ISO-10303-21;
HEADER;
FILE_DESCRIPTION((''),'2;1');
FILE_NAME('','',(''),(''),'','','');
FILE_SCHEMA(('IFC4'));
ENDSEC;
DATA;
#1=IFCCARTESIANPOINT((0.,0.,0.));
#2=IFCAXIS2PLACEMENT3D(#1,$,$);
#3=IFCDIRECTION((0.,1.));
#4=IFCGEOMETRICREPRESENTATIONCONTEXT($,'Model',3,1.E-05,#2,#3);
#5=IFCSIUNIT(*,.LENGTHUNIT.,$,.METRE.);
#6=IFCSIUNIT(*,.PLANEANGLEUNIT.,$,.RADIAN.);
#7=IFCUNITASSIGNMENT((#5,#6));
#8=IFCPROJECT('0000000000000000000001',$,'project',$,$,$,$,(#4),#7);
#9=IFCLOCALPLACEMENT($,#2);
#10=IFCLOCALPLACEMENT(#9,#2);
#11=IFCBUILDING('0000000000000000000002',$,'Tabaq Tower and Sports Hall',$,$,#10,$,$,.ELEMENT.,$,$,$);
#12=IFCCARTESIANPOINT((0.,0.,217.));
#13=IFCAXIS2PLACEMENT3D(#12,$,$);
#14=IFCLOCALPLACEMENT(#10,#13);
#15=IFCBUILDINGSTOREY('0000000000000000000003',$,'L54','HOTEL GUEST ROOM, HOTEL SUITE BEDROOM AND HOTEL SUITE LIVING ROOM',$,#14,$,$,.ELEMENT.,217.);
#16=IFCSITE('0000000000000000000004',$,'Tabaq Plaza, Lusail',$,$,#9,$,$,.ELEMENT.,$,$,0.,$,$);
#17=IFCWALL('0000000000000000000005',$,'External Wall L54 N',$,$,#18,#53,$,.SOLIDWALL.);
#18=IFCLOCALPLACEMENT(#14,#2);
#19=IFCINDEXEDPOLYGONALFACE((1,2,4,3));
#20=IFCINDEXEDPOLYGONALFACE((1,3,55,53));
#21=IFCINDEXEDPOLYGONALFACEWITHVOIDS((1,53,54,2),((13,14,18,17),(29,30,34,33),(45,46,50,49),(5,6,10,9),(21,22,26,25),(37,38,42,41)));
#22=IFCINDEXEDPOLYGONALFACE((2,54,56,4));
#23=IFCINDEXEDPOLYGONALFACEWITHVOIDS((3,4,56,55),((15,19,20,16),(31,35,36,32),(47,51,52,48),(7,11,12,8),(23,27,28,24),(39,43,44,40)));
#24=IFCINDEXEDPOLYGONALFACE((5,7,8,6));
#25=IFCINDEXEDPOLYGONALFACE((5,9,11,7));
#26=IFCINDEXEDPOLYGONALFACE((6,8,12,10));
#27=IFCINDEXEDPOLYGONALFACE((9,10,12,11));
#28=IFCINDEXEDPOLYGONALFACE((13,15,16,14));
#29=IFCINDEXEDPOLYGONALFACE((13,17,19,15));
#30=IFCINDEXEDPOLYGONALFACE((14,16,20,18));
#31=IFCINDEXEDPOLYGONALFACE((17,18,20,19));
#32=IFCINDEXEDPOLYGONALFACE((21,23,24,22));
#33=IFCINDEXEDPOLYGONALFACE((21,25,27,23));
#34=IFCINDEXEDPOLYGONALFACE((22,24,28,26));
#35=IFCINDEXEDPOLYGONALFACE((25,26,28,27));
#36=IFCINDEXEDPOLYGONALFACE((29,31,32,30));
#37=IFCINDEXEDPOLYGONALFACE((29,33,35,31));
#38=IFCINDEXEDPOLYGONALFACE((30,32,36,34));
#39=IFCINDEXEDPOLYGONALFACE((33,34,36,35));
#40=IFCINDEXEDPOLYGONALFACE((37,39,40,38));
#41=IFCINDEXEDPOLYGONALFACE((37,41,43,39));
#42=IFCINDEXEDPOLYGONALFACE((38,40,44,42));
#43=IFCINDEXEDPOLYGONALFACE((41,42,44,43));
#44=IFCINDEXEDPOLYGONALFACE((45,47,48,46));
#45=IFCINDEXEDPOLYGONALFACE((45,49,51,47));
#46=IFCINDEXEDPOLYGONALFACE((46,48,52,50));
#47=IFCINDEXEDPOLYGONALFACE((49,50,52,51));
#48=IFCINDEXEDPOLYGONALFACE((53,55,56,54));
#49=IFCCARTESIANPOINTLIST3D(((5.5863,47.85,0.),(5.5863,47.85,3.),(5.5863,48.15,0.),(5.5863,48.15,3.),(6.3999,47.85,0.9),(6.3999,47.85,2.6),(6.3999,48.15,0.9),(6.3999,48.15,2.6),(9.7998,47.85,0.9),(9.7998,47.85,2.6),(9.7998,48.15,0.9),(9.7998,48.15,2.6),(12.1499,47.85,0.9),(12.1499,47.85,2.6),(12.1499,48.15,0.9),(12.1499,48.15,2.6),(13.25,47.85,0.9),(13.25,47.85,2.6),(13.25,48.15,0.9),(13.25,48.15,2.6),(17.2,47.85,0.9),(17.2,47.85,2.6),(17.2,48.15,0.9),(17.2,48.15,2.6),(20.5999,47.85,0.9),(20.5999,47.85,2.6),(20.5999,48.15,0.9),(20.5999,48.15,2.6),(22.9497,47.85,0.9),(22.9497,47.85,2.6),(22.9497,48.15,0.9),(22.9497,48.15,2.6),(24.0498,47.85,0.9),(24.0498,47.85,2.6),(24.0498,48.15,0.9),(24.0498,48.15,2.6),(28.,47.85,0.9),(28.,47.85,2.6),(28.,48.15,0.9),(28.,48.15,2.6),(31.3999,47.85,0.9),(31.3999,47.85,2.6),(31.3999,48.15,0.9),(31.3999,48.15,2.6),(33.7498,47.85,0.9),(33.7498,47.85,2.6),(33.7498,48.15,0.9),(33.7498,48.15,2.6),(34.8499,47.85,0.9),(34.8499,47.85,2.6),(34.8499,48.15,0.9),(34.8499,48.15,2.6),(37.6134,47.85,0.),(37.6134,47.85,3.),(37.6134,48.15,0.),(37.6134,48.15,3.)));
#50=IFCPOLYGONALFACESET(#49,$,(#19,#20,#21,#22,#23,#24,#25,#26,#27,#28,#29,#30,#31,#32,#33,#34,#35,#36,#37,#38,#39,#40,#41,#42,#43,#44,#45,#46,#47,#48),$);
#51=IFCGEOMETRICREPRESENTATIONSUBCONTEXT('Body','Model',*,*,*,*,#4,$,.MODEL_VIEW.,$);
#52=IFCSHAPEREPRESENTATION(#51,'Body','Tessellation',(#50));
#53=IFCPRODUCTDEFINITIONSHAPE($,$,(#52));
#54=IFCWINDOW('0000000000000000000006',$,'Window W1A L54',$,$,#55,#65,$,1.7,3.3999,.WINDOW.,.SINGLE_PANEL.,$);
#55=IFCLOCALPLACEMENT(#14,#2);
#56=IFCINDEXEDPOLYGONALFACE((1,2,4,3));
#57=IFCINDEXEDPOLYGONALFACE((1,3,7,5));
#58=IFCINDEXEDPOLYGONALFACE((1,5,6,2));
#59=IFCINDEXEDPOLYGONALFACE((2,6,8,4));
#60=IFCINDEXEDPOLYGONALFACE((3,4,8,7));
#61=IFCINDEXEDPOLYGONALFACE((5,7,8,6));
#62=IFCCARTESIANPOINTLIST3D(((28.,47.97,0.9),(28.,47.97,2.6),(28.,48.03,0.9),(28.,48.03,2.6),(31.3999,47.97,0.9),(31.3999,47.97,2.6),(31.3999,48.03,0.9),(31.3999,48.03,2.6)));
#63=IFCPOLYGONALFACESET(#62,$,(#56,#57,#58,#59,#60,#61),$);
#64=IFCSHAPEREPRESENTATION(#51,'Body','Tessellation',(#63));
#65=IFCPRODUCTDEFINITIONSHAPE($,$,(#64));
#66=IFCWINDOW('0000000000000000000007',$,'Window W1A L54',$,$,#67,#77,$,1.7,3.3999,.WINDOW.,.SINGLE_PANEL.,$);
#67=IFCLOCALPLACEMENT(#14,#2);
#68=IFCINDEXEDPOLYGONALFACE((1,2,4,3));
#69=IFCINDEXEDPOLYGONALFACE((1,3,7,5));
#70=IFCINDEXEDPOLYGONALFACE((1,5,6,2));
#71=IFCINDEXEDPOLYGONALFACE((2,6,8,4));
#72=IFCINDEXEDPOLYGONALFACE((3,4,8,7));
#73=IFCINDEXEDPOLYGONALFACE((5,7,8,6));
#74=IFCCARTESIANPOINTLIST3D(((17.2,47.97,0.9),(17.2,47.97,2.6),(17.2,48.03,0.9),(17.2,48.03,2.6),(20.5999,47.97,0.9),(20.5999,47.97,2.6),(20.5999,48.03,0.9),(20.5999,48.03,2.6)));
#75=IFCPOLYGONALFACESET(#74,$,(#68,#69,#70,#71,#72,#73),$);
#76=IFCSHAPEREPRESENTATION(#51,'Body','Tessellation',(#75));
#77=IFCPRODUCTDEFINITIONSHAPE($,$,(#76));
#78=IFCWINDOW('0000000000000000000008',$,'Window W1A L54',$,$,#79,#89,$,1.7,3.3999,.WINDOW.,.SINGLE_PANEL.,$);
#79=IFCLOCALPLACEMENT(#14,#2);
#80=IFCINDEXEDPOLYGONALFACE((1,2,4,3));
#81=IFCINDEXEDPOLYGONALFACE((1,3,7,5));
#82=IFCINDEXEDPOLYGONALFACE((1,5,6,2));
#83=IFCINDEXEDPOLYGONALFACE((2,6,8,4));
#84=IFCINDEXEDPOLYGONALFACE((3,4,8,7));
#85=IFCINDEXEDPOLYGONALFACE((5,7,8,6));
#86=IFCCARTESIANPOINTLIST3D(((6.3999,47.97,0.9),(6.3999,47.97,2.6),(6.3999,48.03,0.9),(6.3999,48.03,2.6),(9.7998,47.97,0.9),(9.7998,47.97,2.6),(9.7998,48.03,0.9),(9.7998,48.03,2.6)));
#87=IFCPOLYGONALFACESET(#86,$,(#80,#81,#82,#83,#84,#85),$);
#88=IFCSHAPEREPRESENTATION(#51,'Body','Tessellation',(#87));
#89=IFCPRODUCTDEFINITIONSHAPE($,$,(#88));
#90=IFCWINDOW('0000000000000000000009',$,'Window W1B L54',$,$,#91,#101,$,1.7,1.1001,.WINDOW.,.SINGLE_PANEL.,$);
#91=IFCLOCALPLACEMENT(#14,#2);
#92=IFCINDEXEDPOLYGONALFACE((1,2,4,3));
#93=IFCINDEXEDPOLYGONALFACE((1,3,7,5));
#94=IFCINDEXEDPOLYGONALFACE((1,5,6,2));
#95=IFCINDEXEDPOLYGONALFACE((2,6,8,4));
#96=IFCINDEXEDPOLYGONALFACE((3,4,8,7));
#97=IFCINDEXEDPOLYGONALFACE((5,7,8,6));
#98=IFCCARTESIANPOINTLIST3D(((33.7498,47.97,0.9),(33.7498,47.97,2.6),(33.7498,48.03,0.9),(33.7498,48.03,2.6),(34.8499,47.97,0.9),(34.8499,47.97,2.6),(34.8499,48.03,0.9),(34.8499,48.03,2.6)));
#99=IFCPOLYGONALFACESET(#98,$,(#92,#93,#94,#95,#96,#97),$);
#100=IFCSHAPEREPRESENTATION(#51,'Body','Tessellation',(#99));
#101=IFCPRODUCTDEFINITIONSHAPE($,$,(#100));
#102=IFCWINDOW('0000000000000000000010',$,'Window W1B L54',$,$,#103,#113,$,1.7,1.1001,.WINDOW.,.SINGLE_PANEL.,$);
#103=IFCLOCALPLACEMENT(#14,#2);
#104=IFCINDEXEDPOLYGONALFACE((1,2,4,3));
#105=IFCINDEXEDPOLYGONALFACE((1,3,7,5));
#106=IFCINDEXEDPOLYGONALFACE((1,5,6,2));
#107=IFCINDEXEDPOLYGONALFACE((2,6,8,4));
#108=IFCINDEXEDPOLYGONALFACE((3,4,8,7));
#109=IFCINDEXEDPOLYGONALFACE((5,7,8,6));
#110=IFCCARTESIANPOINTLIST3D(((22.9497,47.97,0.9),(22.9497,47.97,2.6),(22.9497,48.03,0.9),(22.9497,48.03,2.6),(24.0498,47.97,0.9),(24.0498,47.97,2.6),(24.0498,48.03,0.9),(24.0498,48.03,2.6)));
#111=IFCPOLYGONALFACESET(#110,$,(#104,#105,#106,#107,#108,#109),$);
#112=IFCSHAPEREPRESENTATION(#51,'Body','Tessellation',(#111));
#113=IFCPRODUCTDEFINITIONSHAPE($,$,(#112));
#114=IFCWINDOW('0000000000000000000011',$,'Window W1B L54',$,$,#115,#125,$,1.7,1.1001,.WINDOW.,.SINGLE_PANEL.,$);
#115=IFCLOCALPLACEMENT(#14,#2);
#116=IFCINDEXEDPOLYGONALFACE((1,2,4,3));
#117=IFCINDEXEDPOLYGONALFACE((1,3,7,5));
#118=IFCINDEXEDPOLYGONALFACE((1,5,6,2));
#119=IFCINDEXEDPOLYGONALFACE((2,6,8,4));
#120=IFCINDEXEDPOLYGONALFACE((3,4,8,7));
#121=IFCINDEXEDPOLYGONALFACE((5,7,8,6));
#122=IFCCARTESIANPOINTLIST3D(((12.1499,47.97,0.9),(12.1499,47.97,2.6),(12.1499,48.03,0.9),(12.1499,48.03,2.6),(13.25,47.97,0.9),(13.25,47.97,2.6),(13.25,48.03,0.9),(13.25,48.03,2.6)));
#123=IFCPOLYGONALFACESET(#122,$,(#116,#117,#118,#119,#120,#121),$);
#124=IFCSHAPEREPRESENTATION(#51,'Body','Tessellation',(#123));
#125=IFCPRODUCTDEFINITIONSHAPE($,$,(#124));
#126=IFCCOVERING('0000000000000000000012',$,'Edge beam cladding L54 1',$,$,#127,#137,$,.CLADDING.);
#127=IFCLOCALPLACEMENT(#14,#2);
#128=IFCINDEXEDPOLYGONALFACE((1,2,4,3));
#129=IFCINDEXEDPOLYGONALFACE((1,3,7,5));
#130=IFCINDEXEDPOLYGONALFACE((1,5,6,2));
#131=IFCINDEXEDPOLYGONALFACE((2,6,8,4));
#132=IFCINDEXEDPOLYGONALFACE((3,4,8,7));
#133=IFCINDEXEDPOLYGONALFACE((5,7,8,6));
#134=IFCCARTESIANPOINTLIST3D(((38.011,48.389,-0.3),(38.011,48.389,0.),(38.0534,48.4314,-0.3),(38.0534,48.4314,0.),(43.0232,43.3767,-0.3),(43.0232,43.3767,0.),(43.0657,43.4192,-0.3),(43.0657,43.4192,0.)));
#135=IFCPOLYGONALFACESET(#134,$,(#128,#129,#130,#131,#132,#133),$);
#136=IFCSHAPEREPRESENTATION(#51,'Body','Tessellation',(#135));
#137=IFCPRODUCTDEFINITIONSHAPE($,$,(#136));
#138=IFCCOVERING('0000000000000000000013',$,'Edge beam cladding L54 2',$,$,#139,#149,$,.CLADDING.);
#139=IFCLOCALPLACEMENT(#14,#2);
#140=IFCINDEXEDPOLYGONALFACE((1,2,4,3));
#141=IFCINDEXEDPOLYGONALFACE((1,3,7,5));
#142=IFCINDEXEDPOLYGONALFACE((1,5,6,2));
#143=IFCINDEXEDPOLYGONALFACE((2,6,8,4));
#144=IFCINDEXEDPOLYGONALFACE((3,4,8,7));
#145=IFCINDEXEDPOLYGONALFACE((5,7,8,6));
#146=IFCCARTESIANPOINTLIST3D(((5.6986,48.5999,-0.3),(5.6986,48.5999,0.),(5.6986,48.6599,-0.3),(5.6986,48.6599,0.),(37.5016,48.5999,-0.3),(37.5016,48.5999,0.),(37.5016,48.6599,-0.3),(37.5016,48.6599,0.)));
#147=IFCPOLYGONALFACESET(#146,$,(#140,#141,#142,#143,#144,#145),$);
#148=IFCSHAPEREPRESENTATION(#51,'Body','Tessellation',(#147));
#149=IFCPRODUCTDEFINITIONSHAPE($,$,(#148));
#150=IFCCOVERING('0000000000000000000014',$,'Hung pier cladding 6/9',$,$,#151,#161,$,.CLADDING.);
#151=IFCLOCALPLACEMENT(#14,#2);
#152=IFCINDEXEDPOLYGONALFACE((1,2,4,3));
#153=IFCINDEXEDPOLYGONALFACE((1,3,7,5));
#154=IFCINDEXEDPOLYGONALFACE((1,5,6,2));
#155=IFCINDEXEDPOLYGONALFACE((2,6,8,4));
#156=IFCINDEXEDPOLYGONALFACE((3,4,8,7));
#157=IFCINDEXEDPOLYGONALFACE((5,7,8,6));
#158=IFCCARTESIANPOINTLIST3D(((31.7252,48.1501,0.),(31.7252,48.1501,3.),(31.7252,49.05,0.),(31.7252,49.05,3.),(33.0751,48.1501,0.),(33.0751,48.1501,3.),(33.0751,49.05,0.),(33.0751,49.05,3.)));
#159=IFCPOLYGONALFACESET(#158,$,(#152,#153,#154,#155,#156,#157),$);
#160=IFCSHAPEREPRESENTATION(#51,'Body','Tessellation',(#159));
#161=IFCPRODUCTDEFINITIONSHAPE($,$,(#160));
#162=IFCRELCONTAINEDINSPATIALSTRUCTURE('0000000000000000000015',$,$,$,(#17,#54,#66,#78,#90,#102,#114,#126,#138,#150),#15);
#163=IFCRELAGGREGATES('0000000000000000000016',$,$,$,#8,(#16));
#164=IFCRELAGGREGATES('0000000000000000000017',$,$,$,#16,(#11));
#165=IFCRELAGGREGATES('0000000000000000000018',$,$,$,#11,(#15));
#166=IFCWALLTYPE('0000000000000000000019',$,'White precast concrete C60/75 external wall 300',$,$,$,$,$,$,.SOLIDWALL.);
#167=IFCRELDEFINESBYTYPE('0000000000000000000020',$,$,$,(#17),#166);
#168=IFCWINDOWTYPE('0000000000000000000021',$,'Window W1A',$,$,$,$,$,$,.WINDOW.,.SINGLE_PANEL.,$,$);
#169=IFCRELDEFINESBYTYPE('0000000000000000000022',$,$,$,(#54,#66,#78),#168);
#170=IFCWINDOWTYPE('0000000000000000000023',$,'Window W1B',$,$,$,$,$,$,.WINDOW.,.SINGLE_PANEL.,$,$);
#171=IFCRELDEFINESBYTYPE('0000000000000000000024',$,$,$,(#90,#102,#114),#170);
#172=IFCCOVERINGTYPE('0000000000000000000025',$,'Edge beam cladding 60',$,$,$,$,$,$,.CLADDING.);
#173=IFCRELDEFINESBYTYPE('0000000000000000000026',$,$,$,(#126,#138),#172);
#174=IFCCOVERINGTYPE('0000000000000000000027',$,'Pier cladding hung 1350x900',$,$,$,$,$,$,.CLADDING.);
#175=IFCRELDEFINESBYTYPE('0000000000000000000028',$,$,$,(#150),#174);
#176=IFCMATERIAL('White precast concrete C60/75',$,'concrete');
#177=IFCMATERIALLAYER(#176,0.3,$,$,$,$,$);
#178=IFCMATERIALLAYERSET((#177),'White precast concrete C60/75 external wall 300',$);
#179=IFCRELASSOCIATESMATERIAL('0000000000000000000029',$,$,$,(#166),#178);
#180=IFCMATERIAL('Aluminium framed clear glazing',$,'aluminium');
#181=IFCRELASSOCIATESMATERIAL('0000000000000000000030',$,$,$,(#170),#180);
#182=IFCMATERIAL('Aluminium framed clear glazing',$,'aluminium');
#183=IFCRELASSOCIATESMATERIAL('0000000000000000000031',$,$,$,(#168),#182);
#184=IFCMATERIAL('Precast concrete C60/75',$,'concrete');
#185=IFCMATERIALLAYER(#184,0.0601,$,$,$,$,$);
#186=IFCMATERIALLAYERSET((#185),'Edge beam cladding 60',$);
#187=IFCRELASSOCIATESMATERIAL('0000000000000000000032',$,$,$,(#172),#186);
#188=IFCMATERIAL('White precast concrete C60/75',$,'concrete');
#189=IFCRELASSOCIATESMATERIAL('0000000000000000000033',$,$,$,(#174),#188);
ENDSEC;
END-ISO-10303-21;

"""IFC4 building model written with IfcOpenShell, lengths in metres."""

from ifc_helpers import new_model, si_unit, direction, frame, frame_2d, origin, place, context, subcontext, project, spatial, rectangle, extrude, material, layer, layer_set, type_object, element, fill, save


model = new_model("IFC4")

# Units and contexts
model_context = context("Model", 3, precision=1e-05, world=origin(), true_north=direction((0.0, 1.0)))
body_context = subcontext(model_context, "Body", "Model", "MODEL_VIEW")
ifc_project = project(units=[si_unit("LENGTHUNIT", "METRE"), si_unit("PLANEANGLEUNIT", "RADIAN")], contexts=[model_context])

# Site, building, storey
site_placement = place(None, origin())
site = spatial("IfcSite", under=ifc_project, at=site_placement, Name="Tabaq Plaza, Lusail", CompositionType="ELEMENT", RefElevation=0.0)
building_placement = place(site_placement, origin())
building = spatial("IfcBuilding", under=site, at=building_placement, Name="Tabaq Tower and Sports Hall", CompositionType="ELEMENT")
storey_placement = place(building_placement, frame((0.0, 0.0, 217.0)))
storey = spatial("IfcBuildingStorey", under=building, at=storey_placement, Name="L54", Description="HOTEL GUEST ROOM, HOTEL SUITE BEDROOM AND HOTEL SUITE LIVING ROOM", CompositionType="ELEMENT", Elevation=217.0)

# Wall, openings, windows
ifc_material_1 = material(Name="White precast concrete C60/75", Category="concrete")
ifc_layer_1 = layer(ifc_material_1, 0.3)
ifc_layer_set_1 = layer_set([ifc_layer_1], Name="White precast concrete C60/75 external wall 300")
wall_type_1 = type_object("IfcWallType", Name="White precast concrete C60/75 external wall 300", PredefinedType="SOLIDWALL", material=ifc_layer_set_1)
ifc_material_2 = material(Name="Aluminium framed clear glazing", Category="aluminium")
window_type_1 = type_object("IfcWindowType", Name="Window W1B", PartitioningType="SINGLE_PANEL", PredefinedType="WINDOW", material=ifc_material_2)
wall_1_placement = place(storey_placement, frame((37.6135, 48.0, 0.0), z_axis=(0.0, 0.0, 1.0), x_axis=(-1.0, 0.0, 0.0)))
wall_1 = element("IfcWall", 1, at=wall_1_placement, inside=storey, type_object=wall_type_1, Name="External Wall L54 N", PredefinedType="SOLIDWALL", context=body_context, shape_type="SweptSolid", body=[
    extrude(rectangle(XDim=32.0271, YDim=0.3, at=frame_2d((16.0137, 0.0))), origin(), (0.0, 0.0, 1.0), 3.0),
])
opening_1_placement = place(wall_1_placement, frame((2.7637, 0.0, 0.8999)))
opening_1 = element("IfcOpeningElement", 2, at=opening_1_placement, cuts=wall_1, PredefinedType="OPENING", context=body_context, shape_type="SweptSolid", body=[
    extrude(rectangle(XDim=1.1001, YDim=1.7, at=frame_2d((0.55, 0.8501))), frame((0.0, 0.1602, 0.0), z_axis=(0.0, -1.0, 0.0), x_axis=(1.0, 0.0, 0.0)), (0.0, 0.0, 1.0), 0.3201),
])
opening_2_placement = place(wall_1_placement, frame((6.2136, 0.0, 0.8999)))
opening_2 = element("IfcOpeningElement", 3, at=opening_2_placement, cuts=wall_1, PredefinedType="OPENING", context=body_context, shape_type="SweptSolid", body=[
    extrude(rectangle(XDim=3.3999, YDim=1.7, at=frame_2d((1.7, 0.8501))), frame((0.0, 0.1602, 0.0), z_axis=(0.0, -1.0, 0.0), x_axis=(1.0, 0.0, 0.0)), (0.0, 0.0, 1.0), 0.3201),
])
opening_3_placement = place(wall_1_placement, frame((13.5637, 0.0, 0.8999)))
opening_3 = element("IfcOpeningElement", 4, at=opening_3_placement, cuts=wall_1, PredefinedType="OPENING", context=body_context, shape_type="SweptSolid", body=[
    extrude(rectangle(XDim=1.1001, YDim=1.7, at=frame_2d((0.55, 0.8501))), frame((0.0, 0.1602, 0.0), z_axis=(0.0, -1.0, 0.0), x_axis=(1.0, 0.0, 0.0)), (0.0, 0.0, 1.0), 0.3201),
])
opening_4_placement = place(wall_1_placement, frame((17.0137, 0.0, 0.8999)))
opening_4 = element("IfcOpeningElement", 5, at=opening_4_placement, cuts=wall_1, PredefinedType="OPENING", context=body_context, shape_type="SweptSolid", body=[
    extrude(rectangle(XDim=3.3999, YDim=1.7, at=frame_2d((1.7, 0.8501))), frame((0.0, 0.1602, 0.0), z_axis=(0.0, -1.0, 0.0), x_axis=(1.0, 0.0, 0.0)), (0.0, 0.0, 1.0), 0.3201),
])
opening_5_placement = place(wall_1_placement, frame((24.3635, 0.0, 0.8999)))
opening_5 = element("IfcOpeningElement", 6, at=opening_5_placement, cuts=wall_1, PredefinedType="OPENING", context=body_context, shape_type="SweptSolid", body=[
    extrude(rectangle(XDim=1.1001, YDim=1.7, at=frame_2d((0.55, 0.8501))), frame((0.0, 0.1602, 0.0), z_axis=(0.0, -1.0, 0.0), x_axis=(1.0, 0.0, 0.0)), (0.0, 0.0, 1.0), 0.3201),
])
opening_6_placement = place(wall_1_placement, frame((27.8137, 0.0, 0.8999)))
opening_6 = element("IfcOpeningElement", 7, at=opening_6_placement, cuts=wall_1, PredefinedType="OPENING", context=body_context, shape_type="SweptSolid", body=[
    extrude(rectangle(XDim=3.3999, YDim=1.7, at=frame_2d((1.7, 0.8501))), frame((0.0, 0.1602, 0.0), z_axis=(0.0, -1.0, 0.0), x_axis=(1.0, 0.0, 0.0)), (0.0, 0.0, 1.0), 0.3201),
])
ifc_material_3 = material(Name="Aluminium framed clear glazing", Category="aluminium")
window_type_2 = type_object("IfcWindowType", Name="Window W1A", PartitioningType="SINGLE_PANEL", PredefinedType="WINDOW", material=ifc_material_3)
window_1_placement = place(opening_2_placement, origin())
window_1 = element("IfcWindow", 8, at=window_1_placement, inside=storey, type_object=window_type_2, Name="Window W1A L54", OverallHeight=1.7, OverallWidth=3.3999, PartitioningType="SINGLE_PANEL", PredefinedType="WINDOW", context=body_context, shape_type="SweptSolid", body=[
    extrude(rectangle(XDim=3.3999, YDim=1.7, at=frame_2d((1.7, 0.8501))), frame((0.0, 0.03, 0.0), z_axis=(0.0, -1.0, 0.0), x_axis=(1.0, 0.0, 0.0)), (0.0, 0.0, 1.0), 0.0601),
])
fill(opening_2, window_1)
window_2_placement = place(opening_4_placement, origin())
window_2 = element("IfcWindow", 9, at=window_2_placement, inside=storey, type_object=window_type_2, Name="Window W1A L54", OverallHeight=1.7, OverallWidth=3.3999, PartitioningType="SINGLE_PANEL", PredefinedType="WINDOW", context=body_context, shape_type="SweptSolid", body=[
    extrude(rectangle(XDim=3.3999, YDim=1.7, at=frame_2d((1.7, 0.8501))), frame((0.0, 0.03, 0.0), z_axis=(0.0, -1.0, 0.0), x_axis=(1.0, 0.0, 0.0)), (0.0, 0.0, 1.0), 0.0601),
])
fill(opening_4, window_2)
window_3_placement = place(opening_6_placement, origin())
window_3 = element("IfcWindow", 10, at=window_3_placement, inside=storey, type_object=window_type_2, Name="Window W1A L54", OverallHeight=1.7, OverallWidth=3.3999, PartitioningType="SINGLE_PANEL", PredefinedType="WINDOW", context=body_context, shape_type="SweptSolid", body=[
    extrude(rectangle(XDim=3.3999, YDim=1.7, at=frame_2d((1.7, 0.8501))), frame((0.0, 0.03, 0.0), z_axis=(0.0, -1.0, 0.0), x_axis=(1.0, 0.0, 0.0)), (0.0, 0.0, 1.0), 0.0601),
])
fill(opening_6, window_3)
window_4_placement = place(opening_1_placement, origin())
window_4 = element("IfcWindow", 11, at=window_4_placement, inside=storey, type_object=window_type_1, Name="Window W1B L54", OverallHeight=1.7, OverallWidth=1.1001, PartitioningType="SINGLE_PANEL", PredefinedType="WINDOW", context=body_context, shape_type="SweptSolid", body=[
    extrude(rectangle(XDim=1.1001, YDim=1.7, at=frame_2d((0.55, 0.8501))), frame((0.0, 0.03, 0.0), z_axis=(0.0, -1.0, 0.0), x_axis=(1.0, 0.0, 0.0)), (0.0, 0.0, 1.0), 0.0601),
])
fill(opening_1, window_4)
window_5_placement = place(opening_3_placement, origin())
window_5 = element("IfcWindow", 12, at=window_5_placement, inside=storey, type_object=window_type_1, Name="Window W1B L54", OverallHeight=1.7, OverallWidth=1.1001, PartitioningType="SINGLE_PANEL", PredefinedType="WINDOW", context=body_context, shape_type="SweptSolid", body=[
    extrude(rectangle(XDim=1.1001, YDim=1.7, at=frame_2d((0.55, 0.8501))), frame((0.0, 0.03, 0.0), z_axis=(0.0, -1.0, 0.0), x_axis=(1.0, 0.0, 0.0)), (0.0, 0.0, 1.0), 0.0601),
])
fill(opening_3, window_5)
window_6_placement = place(opening_5_placement, origin())
window_6 = element("IfcWindow", 13, at=window_6_placement, inside=storey, type_object=window_type_1, Name="Window W1B L54", OverallHeight=1.7, OverallWidth=1.1001, PartitioningType="SINGLE_PANEL", PredefinedType="WINDOW", context=body_context, shape_type="SweptSolid", body=[
    extrude(rectangle(XDim=1.1001, YDim=1.7, at=frame_2d((0.55, 0.8501))), frame((0.0, 0.03, 0.0), z_axis=(0.0, -1.0, 0.0), x_axis=(1.0, 0.0, 0.0)), (0.0, 0.0, 1.0), 0.0601),
])
fill(opening_5, window_6)

# Coverings
ifc_material_4 = material(Name="Precast concrete C60/75", Category="concrete")
ifc_layer_2 = layer(ifc_material_4, 0.0601)
ifc_layer_set_2 = layer_set([ifc_layer_2], Name="Edge beam cladding 60")
covering_type_1 = type_object("IfcCoveringType", Name="Edge beam cladding 60", PredefinedType="CLADDING", material=ifc_layer_set_2)
covering_1_placement = place(storey_placement, frame((43.0444, 43.3979, -0.3), z_axis=(0.0, 0.0, 1.0), x_axis=(-0.707107, 0.707107, 0.0)))
element("IfcCovering", 14, at=covering_1_placement, inside=storey, type_object=covering_type_1, Name="Edge beam cladding L54 1", PredefinedType="CLADDING", context=body_context, shape_type="SweptSolid", body=[
    extrude(rectangle(XDim=7.0884, YDim=0.0601, at=frame_2d((3.5442, 0.0))), origin(), (0.0, 0.0, 1.0), 0.3),
])
covering_2_placement = place(storey_placement, frame((37.5015, 48.6299, -0.3), z_axis=(0.0, 0.0, 1.0), x_axis=(-1.0, 0.0, 0.0)))
element("IfcCovering", 15, at=covering_2_placement, inside=storey, type_object=covering_type_1, Name="Edge beam cladding L54 2", PredefinedType="CLADDING", context=body_context, shape_type="SweptSolid", body=[
    extrude(rectangle(XDim=31.803, YDim=0.0601, at=frame_2d((15.9014, 0.0))), origin(), (0.0, 0.0, 1.0), 0.3),
])
ifc_material_5 = material(Name="White precast concrete C60/75", Category="concrete")
covering_type_2 = type_object("IfcCoveringType", Name="Pier cladding hung 1350x900", PredefinedType="CLADDING", material=ifc_material_5)
covering_3_placement = place(storey_placement, frame((33.075, 48.6001, 0.0), z_axis=(0.0, 0.0, 1.0), x_axis=(-1.0, 0.0, 0.0)))
element("IfcCovering", 16, at=covering_3_placement, inside=storey, type_object=covering_type_2, Name="Hung pier cladding 6/9", PredefinedType="CLADDING", context=body_context, shape_type="SweptSolid", body=[
    extrude(rectangle(XDim=1.3499, YDim=0.8999, at=frame_2d((0.6748, 0.0))), origin(), (0.0, 0.0, 1.0), 3.0),
])

save(model, "model.ifc")
